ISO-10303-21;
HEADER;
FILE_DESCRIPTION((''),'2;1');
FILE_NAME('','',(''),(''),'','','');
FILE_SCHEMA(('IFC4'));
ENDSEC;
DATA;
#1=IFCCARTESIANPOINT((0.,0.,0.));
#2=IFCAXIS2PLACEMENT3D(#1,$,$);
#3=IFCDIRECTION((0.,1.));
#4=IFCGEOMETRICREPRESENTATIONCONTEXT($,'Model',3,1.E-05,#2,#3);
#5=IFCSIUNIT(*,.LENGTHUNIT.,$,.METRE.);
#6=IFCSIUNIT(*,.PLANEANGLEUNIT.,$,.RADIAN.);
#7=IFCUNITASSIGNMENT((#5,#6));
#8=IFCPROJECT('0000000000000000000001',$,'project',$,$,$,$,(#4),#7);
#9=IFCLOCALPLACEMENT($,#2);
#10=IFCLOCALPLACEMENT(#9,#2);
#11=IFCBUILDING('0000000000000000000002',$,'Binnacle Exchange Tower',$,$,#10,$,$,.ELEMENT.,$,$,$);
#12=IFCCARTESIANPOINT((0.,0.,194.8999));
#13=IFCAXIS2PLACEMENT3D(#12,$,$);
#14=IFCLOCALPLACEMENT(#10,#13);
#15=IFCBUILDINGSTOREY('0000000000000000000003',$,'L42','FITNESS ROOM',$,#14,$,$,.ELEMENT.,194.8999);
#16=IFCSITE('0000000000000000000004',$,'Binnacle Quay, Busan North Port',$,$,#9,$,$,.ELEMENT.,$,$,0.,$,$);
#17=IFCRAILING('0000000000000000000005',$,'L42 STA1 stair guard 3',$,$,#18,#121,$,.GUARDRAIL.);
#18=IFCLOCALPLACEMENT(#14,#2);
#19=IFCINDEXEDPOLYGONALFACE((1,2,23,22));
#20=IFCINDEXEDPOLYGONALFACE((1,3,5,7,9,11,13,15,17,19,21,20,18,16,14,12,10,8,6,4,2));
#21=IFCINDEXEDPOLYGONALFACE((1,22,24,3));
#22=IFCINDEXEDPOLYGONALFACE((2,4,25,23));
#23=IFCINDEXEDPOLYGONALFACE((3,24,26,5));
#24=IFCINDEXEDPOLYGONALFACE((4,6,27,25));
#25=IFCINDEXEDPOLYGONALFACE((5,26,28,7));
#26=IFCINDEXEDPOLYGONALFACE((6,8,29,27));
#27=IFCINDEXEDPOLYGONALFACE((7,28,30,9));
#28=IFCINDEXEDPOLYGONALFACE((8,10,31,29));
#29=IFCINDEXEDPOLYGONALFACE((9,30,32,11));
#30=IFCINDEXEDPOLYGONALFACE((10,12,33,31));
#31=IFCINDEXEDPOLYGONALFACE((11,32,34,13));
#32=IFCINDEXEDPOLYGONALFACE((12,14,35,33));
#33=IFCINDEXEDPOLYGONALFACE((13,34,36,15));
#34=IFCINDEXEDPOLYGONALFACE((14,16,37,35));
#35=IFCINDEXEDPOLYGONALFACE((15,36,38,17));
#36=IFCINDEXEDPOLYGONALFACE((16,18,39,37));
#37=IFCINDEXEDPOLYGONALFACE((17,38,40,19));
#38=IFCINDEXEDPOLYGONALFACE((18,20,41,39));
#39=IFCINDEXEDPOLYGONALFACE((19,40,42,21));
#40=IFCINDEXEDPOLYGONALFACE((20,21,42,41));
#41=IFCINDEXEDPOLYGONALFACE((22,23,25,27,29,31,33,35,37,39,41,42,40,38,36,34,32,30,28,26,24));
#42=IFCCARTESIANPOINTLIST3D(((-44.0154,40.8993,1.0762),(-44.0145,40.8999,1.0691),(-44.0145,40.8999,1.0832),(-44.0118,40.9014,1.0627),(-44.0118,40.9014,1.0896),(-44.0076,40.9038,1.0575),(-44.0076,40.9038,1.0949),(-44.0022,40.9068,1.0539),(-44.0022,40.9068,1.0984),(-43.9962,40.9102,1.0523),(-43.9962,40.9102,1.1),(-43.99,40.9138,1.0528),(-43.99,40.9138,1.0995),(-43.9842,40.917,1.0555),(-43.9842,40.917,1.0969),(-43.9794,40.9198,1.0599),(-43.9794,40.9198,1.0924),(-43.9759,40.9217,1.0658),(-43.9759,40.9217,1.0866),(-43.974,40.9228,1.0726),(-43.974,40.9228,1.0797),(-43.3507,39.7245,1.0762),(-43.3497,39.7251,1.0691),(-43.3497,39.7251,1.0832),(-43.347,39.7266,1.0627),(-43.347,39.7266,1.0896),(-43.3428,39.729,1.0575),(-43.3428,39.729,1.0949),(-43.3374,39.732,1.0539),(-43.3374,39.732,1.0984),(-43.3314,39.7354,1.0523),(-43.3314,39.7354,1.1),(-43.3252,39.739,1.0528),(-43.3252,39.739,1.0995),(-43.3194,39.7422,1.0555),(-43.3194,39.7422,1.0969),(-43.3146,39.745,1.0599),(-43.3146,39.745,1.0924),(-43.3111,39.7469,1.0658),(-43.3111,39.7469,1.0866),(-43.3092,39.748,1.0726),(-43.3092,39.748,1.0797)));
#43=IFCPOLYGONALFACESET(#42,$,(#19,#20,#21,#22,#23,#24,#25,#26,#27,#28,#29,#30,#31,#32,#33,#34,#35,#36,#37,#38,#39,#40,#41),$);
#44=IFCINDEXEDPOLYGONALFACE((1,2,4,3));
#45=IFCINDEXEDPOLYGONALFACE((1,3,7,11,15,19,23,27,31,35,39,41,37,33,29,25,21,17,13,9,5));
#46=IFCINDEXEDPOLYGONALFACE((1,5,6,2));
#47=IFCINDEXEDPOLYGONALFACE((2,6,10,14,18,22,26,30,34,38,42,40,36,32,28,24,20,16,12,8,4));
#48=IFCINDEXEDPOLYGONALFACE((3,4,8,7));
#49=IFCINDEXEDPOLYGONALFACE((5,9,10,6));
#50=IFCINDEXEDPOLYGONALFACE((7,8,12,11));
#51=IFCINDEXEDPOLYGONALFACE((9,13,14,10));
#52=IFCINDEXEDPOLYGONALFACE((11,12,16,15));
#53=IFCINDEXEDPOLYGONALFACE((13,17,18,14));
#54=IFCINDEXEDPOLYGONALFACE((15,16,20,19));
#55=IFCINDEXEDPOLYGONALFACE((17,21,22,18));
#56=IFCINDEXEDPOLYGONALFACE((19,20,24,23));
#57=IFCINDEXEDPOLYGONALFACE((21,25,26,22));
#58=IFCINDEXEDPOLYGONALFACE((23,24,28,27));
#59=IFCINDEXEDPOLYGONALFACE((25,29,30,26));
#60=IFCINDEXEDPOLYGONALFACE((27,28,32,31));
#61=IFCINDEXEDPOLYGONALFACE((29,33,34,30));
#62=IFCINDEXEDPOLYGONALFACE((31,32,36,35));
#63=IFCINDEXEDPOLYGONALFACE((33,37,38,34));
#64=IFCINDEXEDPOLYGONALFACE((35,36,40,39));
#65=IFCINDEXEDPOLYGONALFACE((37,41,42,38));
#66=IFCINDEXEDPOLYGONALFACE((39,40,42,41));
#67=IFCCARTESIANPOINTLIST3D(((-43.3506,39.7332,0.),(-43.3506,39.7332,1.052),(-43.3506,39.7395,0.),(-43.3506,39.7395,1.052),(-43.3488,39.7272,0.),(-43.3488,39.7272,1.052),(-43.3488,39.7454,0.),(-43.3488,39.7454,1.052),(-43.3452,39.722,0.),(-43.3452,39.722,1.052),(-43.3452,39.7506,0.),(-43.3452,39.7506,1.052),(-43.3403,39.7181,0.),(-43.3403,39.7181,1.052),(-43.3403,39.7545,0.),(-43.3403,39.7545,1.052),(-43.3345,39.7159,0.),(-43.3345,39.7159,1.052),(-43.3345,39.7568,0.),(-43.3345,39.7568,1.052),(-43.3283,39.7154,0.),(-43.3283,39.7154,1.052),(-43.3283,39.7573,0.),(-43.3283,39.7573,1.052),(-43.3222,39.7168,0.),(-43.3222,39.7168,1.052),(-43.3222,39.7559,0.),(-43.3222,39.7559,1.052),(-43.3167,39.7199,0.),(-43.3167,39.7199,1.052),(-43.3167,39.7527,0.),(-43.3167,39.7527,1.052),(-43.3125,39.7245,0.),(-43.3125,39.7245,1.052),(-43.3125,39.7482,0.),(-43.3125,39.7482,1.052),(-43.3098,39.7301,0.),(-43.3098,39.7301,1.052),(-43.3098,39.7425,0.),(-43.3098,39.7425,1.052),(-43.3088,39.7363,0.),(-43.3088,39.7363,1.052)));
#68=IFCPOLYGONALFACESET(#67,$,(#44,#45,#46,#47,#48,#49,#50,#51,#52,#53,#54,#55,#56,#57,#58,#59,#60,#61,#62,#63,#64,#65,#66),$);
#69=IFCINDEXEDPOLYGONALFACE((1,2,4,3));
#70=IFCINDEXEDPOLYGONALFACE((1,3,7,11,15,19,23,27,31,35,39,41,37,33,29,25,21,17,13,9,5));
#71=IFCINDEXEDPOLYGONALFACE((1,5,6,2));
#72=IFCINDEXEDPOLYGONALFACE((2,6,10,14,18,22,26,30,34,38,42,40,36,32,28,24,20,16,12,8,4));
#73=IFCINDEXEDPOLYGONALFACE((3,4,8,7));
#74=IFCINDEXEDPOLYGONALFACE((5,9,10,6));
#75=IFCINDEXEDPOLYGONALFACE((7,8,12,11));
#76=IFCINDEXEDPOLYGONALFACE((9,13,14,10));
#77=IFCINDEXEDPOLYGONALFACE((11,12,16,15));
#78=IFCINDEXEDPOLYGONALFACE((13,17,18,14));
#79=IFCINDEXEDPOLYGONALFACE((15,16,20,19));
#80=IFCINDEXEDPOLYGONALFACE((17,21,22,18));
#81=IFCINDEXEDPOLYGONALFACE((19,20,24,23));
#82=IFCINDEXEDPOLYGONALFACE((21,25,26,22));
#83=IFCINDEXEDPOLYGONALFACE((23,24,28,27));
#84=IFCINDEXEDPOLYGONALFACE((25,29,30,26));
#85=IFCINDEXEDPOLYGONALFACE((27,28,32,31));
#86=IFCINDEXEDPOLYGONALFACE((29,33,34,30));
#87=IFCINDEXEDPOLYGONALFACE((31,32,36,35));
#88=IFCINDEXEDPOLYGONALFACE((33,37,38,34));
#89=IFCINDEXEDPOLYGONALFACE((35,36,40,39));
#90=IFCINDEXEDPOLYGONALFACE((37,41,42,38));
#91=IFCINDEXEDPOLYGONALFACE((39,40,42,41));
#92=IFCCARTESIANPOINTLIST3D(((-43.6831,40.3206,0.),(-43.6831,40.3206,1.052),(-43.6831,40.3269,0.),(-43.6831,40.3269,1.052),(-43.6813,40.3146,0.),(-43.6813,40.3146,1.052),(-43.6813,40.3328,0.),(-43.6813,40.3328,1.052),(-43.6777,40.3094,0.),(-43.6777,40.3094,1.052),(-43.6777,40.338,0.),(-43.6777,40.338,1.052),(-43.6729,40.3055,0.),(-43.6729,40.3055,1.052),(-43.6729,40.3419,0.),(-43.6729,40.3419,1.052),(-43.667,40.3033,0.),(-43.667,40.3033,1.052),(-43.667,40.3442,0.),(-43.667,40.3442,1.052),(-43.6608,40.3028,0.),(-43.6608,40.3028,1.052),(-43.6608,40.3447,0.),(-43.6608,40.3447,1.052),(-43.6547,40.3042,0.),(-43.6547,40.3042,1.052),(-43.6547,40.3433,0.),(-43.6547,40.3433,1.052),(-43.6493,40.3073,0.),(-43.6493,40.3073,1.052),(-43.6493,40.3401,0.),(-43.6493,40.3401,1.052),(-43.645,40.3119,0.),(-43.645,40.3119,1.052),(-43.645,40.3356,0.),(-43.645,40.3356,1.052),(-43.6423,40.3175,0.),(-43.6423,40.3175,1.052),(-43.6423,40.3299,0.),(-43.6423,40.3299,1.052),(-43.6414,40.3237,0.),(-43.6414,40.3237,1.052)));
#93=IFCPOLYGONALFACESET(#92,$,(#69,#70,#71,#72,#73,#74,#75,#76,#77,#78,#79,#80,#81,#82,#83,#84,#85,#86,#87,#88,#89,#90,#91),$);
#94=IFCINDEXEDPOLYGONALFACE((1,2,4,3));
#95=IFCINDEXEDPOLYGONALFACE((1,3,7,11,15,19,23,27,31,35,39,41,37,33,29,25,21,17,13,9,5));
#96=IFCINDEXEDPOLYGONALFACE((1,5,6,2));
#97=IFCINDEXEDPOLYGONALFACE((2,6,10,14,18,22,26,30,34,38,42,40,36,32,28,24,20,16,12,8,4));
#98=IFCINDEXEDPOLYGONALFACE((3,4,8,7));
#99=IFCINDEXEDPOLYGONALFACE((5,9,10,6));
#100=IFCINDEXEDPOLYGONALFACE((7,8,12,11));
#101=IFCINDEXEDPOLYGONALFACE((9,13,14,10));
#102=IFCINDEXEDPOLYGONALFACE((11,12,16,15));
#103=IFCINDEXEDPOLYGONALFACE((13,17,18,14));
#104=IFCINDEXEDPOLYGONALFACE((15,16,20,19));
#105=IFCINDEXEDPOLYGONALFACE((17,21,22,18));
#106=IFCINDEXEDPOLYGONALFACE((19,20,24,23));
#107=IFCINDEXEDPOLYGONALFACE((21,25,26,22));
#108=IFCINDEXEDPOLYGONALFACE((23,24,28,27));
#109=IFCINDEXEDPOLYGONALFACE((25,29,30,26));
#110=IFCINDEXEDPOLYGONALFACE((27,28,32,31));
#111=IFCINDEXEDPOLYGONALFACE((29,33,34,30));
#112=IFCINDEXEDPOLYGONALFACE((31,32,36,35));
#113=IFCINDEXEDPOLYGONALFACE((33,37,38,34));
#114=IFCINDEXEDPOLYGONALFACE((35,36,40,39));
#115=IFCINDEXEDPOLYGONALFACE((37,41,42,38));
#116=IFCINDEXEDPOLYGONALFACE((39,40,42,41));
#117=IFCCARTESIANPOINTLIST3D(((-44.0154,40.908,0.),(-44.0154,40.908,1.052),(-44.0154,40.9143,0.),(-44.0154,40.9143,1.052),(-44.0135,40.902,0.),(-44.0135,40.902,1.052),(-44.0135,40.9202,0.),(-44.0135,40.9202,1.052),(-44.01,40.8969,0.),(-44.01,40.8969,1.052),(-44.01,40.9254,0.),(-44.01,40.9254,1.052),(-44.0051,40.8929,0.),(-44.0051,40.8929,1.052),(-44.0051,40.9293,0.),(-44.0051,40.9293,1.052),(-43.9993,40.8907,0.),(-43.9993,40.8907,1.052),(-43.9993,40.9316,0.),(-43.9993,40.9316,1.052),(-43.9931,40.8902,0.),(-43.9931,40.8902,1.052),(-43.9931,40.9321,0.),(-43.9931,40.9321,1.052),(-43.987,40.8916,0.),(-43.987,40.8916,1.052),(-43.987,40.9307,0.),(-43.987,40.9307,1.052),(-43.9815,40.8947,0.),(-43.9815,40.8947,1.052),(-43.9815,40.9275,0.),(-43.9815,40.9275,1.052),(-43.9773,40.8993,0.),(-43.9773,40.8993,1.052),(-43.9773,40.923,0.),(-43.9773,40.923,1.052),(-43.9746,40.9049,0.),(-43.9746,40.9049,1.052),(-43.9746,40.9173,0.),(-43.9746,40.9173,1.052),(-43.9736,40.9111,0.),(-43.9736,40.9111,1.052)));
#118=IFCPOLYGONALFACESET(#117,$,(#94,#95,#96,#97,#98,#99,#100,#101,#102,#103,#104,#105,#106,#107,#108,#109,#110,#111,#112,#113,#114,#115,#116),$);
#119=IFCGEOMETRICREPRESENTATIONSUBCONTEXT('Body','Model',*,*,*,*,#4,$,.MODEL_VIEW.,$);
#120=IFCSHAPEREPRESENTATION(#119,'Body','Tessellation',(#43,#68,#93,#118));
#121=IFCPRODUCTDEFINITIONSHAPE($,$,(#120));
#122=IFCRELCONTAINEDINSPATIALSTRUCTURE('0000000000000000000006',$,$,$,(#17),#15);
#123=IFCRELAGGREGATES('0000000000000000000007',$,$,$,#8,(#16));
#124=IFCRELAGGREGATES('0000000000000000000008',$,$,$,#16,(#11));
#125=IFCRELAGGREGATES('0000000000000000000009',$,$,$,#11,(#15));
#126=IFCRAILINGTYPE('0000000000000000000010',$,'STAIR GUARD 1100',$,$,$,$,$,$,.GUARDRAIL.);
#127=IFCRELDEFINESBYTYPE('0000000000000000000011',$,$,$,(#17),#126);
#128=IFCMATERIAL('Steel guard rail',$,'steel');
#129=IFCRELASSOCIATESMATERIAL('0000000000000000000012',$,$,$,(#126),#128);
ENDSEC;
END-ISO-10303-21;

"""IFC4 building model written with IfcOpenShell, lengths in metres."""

from ifc_helpers import new_model, si_unit, direction, frame, origin, origin_2d, place, context, subcontext, project, spatial, circle, extrude, material, type_object, element, save


model = new_model("IFC4")

# Units and contexts
model_context = context("Model", 3, precision=1e-05, world=origin(), true_north=direction((0.0, 1.0)))
body_context = subcontext(model_context, "Body", "Model", "MODEL_VIEW")
ifc_project = project(units=[si_unit("LENGTHUNIT", "METRE"), si_unit("PLANEANGLEUNIT", "RADIAN")], contexts=[model_context])

# Site, building, storey
site_placement = place(None, origin())
site = spatial("IfcSite", under=ifc_project, at=site_placement, Name="Binnacle Quay, Busan North Port", CompositionType="ELEMENT", RefElevation=0.0)
building_placement = place(site_placement, origin())
building = spatial("IfcBuilding", under=site, at=building_placement, Name="Binnacle Exchange Tower", CompositionType="ELEMENT")
storey_placement = place(building_placement, frame((0.0, 0.0, 194.8999)))
storey = spatial("IfcBuildingStorey", under=building, at=storey_placement, Name="L42", Description="FITNESS ROOM", CompositionType="ELEMENT", Elevation=194.8999)

# Railing
ifc_material_1 = material(Name="Steel guard rail", Category="steel")
railing_type_1 = type_object("IfcRailingType", Name="STAIR GUARD 1100", PredefinedType="GUARDRAIL", material=ifc_material_1)
railing_1_placement = place(storey_placement, frame((-43.3298, 39.7363, 0.0)))
element("IfcRailing", 1, at=railing_1_placement, inside=storey, type_object=railing_type_1, Name="L42 STA1 stair guard 3", PredefinedType="GUARDRAIL", context=body_context, shape_type="SweptSolid", body=[
    extrude(circle(Radius=0.0239, at=origin_2d()), frame((0.0, 0.0, 1.0762), z_axis=(-0.492492, 0.870317, 0.0), x_axis=(-0.870317, -0.492492, 0.0)), (0.0, 0.0, 1.0), 1.3499),
    extrude(circle(Radius=0.021, at=origin_2d()), origin(), (0.0, 0.0, 1.0), 1.052),
    extrude(circle(Radius=0.021, at=origin_2d()), frame((-0.3325, 0.5874, 0.0)), (0.0, 0.0, 1.0), 1.052),
    extrude(circle(Radius=0.021, at=origin_2d()), frame((-0.6648, 1.1748, 0.0)), (0.0, 0.0, 1.0), 1.052),
])

save(model, "model.ifc")
